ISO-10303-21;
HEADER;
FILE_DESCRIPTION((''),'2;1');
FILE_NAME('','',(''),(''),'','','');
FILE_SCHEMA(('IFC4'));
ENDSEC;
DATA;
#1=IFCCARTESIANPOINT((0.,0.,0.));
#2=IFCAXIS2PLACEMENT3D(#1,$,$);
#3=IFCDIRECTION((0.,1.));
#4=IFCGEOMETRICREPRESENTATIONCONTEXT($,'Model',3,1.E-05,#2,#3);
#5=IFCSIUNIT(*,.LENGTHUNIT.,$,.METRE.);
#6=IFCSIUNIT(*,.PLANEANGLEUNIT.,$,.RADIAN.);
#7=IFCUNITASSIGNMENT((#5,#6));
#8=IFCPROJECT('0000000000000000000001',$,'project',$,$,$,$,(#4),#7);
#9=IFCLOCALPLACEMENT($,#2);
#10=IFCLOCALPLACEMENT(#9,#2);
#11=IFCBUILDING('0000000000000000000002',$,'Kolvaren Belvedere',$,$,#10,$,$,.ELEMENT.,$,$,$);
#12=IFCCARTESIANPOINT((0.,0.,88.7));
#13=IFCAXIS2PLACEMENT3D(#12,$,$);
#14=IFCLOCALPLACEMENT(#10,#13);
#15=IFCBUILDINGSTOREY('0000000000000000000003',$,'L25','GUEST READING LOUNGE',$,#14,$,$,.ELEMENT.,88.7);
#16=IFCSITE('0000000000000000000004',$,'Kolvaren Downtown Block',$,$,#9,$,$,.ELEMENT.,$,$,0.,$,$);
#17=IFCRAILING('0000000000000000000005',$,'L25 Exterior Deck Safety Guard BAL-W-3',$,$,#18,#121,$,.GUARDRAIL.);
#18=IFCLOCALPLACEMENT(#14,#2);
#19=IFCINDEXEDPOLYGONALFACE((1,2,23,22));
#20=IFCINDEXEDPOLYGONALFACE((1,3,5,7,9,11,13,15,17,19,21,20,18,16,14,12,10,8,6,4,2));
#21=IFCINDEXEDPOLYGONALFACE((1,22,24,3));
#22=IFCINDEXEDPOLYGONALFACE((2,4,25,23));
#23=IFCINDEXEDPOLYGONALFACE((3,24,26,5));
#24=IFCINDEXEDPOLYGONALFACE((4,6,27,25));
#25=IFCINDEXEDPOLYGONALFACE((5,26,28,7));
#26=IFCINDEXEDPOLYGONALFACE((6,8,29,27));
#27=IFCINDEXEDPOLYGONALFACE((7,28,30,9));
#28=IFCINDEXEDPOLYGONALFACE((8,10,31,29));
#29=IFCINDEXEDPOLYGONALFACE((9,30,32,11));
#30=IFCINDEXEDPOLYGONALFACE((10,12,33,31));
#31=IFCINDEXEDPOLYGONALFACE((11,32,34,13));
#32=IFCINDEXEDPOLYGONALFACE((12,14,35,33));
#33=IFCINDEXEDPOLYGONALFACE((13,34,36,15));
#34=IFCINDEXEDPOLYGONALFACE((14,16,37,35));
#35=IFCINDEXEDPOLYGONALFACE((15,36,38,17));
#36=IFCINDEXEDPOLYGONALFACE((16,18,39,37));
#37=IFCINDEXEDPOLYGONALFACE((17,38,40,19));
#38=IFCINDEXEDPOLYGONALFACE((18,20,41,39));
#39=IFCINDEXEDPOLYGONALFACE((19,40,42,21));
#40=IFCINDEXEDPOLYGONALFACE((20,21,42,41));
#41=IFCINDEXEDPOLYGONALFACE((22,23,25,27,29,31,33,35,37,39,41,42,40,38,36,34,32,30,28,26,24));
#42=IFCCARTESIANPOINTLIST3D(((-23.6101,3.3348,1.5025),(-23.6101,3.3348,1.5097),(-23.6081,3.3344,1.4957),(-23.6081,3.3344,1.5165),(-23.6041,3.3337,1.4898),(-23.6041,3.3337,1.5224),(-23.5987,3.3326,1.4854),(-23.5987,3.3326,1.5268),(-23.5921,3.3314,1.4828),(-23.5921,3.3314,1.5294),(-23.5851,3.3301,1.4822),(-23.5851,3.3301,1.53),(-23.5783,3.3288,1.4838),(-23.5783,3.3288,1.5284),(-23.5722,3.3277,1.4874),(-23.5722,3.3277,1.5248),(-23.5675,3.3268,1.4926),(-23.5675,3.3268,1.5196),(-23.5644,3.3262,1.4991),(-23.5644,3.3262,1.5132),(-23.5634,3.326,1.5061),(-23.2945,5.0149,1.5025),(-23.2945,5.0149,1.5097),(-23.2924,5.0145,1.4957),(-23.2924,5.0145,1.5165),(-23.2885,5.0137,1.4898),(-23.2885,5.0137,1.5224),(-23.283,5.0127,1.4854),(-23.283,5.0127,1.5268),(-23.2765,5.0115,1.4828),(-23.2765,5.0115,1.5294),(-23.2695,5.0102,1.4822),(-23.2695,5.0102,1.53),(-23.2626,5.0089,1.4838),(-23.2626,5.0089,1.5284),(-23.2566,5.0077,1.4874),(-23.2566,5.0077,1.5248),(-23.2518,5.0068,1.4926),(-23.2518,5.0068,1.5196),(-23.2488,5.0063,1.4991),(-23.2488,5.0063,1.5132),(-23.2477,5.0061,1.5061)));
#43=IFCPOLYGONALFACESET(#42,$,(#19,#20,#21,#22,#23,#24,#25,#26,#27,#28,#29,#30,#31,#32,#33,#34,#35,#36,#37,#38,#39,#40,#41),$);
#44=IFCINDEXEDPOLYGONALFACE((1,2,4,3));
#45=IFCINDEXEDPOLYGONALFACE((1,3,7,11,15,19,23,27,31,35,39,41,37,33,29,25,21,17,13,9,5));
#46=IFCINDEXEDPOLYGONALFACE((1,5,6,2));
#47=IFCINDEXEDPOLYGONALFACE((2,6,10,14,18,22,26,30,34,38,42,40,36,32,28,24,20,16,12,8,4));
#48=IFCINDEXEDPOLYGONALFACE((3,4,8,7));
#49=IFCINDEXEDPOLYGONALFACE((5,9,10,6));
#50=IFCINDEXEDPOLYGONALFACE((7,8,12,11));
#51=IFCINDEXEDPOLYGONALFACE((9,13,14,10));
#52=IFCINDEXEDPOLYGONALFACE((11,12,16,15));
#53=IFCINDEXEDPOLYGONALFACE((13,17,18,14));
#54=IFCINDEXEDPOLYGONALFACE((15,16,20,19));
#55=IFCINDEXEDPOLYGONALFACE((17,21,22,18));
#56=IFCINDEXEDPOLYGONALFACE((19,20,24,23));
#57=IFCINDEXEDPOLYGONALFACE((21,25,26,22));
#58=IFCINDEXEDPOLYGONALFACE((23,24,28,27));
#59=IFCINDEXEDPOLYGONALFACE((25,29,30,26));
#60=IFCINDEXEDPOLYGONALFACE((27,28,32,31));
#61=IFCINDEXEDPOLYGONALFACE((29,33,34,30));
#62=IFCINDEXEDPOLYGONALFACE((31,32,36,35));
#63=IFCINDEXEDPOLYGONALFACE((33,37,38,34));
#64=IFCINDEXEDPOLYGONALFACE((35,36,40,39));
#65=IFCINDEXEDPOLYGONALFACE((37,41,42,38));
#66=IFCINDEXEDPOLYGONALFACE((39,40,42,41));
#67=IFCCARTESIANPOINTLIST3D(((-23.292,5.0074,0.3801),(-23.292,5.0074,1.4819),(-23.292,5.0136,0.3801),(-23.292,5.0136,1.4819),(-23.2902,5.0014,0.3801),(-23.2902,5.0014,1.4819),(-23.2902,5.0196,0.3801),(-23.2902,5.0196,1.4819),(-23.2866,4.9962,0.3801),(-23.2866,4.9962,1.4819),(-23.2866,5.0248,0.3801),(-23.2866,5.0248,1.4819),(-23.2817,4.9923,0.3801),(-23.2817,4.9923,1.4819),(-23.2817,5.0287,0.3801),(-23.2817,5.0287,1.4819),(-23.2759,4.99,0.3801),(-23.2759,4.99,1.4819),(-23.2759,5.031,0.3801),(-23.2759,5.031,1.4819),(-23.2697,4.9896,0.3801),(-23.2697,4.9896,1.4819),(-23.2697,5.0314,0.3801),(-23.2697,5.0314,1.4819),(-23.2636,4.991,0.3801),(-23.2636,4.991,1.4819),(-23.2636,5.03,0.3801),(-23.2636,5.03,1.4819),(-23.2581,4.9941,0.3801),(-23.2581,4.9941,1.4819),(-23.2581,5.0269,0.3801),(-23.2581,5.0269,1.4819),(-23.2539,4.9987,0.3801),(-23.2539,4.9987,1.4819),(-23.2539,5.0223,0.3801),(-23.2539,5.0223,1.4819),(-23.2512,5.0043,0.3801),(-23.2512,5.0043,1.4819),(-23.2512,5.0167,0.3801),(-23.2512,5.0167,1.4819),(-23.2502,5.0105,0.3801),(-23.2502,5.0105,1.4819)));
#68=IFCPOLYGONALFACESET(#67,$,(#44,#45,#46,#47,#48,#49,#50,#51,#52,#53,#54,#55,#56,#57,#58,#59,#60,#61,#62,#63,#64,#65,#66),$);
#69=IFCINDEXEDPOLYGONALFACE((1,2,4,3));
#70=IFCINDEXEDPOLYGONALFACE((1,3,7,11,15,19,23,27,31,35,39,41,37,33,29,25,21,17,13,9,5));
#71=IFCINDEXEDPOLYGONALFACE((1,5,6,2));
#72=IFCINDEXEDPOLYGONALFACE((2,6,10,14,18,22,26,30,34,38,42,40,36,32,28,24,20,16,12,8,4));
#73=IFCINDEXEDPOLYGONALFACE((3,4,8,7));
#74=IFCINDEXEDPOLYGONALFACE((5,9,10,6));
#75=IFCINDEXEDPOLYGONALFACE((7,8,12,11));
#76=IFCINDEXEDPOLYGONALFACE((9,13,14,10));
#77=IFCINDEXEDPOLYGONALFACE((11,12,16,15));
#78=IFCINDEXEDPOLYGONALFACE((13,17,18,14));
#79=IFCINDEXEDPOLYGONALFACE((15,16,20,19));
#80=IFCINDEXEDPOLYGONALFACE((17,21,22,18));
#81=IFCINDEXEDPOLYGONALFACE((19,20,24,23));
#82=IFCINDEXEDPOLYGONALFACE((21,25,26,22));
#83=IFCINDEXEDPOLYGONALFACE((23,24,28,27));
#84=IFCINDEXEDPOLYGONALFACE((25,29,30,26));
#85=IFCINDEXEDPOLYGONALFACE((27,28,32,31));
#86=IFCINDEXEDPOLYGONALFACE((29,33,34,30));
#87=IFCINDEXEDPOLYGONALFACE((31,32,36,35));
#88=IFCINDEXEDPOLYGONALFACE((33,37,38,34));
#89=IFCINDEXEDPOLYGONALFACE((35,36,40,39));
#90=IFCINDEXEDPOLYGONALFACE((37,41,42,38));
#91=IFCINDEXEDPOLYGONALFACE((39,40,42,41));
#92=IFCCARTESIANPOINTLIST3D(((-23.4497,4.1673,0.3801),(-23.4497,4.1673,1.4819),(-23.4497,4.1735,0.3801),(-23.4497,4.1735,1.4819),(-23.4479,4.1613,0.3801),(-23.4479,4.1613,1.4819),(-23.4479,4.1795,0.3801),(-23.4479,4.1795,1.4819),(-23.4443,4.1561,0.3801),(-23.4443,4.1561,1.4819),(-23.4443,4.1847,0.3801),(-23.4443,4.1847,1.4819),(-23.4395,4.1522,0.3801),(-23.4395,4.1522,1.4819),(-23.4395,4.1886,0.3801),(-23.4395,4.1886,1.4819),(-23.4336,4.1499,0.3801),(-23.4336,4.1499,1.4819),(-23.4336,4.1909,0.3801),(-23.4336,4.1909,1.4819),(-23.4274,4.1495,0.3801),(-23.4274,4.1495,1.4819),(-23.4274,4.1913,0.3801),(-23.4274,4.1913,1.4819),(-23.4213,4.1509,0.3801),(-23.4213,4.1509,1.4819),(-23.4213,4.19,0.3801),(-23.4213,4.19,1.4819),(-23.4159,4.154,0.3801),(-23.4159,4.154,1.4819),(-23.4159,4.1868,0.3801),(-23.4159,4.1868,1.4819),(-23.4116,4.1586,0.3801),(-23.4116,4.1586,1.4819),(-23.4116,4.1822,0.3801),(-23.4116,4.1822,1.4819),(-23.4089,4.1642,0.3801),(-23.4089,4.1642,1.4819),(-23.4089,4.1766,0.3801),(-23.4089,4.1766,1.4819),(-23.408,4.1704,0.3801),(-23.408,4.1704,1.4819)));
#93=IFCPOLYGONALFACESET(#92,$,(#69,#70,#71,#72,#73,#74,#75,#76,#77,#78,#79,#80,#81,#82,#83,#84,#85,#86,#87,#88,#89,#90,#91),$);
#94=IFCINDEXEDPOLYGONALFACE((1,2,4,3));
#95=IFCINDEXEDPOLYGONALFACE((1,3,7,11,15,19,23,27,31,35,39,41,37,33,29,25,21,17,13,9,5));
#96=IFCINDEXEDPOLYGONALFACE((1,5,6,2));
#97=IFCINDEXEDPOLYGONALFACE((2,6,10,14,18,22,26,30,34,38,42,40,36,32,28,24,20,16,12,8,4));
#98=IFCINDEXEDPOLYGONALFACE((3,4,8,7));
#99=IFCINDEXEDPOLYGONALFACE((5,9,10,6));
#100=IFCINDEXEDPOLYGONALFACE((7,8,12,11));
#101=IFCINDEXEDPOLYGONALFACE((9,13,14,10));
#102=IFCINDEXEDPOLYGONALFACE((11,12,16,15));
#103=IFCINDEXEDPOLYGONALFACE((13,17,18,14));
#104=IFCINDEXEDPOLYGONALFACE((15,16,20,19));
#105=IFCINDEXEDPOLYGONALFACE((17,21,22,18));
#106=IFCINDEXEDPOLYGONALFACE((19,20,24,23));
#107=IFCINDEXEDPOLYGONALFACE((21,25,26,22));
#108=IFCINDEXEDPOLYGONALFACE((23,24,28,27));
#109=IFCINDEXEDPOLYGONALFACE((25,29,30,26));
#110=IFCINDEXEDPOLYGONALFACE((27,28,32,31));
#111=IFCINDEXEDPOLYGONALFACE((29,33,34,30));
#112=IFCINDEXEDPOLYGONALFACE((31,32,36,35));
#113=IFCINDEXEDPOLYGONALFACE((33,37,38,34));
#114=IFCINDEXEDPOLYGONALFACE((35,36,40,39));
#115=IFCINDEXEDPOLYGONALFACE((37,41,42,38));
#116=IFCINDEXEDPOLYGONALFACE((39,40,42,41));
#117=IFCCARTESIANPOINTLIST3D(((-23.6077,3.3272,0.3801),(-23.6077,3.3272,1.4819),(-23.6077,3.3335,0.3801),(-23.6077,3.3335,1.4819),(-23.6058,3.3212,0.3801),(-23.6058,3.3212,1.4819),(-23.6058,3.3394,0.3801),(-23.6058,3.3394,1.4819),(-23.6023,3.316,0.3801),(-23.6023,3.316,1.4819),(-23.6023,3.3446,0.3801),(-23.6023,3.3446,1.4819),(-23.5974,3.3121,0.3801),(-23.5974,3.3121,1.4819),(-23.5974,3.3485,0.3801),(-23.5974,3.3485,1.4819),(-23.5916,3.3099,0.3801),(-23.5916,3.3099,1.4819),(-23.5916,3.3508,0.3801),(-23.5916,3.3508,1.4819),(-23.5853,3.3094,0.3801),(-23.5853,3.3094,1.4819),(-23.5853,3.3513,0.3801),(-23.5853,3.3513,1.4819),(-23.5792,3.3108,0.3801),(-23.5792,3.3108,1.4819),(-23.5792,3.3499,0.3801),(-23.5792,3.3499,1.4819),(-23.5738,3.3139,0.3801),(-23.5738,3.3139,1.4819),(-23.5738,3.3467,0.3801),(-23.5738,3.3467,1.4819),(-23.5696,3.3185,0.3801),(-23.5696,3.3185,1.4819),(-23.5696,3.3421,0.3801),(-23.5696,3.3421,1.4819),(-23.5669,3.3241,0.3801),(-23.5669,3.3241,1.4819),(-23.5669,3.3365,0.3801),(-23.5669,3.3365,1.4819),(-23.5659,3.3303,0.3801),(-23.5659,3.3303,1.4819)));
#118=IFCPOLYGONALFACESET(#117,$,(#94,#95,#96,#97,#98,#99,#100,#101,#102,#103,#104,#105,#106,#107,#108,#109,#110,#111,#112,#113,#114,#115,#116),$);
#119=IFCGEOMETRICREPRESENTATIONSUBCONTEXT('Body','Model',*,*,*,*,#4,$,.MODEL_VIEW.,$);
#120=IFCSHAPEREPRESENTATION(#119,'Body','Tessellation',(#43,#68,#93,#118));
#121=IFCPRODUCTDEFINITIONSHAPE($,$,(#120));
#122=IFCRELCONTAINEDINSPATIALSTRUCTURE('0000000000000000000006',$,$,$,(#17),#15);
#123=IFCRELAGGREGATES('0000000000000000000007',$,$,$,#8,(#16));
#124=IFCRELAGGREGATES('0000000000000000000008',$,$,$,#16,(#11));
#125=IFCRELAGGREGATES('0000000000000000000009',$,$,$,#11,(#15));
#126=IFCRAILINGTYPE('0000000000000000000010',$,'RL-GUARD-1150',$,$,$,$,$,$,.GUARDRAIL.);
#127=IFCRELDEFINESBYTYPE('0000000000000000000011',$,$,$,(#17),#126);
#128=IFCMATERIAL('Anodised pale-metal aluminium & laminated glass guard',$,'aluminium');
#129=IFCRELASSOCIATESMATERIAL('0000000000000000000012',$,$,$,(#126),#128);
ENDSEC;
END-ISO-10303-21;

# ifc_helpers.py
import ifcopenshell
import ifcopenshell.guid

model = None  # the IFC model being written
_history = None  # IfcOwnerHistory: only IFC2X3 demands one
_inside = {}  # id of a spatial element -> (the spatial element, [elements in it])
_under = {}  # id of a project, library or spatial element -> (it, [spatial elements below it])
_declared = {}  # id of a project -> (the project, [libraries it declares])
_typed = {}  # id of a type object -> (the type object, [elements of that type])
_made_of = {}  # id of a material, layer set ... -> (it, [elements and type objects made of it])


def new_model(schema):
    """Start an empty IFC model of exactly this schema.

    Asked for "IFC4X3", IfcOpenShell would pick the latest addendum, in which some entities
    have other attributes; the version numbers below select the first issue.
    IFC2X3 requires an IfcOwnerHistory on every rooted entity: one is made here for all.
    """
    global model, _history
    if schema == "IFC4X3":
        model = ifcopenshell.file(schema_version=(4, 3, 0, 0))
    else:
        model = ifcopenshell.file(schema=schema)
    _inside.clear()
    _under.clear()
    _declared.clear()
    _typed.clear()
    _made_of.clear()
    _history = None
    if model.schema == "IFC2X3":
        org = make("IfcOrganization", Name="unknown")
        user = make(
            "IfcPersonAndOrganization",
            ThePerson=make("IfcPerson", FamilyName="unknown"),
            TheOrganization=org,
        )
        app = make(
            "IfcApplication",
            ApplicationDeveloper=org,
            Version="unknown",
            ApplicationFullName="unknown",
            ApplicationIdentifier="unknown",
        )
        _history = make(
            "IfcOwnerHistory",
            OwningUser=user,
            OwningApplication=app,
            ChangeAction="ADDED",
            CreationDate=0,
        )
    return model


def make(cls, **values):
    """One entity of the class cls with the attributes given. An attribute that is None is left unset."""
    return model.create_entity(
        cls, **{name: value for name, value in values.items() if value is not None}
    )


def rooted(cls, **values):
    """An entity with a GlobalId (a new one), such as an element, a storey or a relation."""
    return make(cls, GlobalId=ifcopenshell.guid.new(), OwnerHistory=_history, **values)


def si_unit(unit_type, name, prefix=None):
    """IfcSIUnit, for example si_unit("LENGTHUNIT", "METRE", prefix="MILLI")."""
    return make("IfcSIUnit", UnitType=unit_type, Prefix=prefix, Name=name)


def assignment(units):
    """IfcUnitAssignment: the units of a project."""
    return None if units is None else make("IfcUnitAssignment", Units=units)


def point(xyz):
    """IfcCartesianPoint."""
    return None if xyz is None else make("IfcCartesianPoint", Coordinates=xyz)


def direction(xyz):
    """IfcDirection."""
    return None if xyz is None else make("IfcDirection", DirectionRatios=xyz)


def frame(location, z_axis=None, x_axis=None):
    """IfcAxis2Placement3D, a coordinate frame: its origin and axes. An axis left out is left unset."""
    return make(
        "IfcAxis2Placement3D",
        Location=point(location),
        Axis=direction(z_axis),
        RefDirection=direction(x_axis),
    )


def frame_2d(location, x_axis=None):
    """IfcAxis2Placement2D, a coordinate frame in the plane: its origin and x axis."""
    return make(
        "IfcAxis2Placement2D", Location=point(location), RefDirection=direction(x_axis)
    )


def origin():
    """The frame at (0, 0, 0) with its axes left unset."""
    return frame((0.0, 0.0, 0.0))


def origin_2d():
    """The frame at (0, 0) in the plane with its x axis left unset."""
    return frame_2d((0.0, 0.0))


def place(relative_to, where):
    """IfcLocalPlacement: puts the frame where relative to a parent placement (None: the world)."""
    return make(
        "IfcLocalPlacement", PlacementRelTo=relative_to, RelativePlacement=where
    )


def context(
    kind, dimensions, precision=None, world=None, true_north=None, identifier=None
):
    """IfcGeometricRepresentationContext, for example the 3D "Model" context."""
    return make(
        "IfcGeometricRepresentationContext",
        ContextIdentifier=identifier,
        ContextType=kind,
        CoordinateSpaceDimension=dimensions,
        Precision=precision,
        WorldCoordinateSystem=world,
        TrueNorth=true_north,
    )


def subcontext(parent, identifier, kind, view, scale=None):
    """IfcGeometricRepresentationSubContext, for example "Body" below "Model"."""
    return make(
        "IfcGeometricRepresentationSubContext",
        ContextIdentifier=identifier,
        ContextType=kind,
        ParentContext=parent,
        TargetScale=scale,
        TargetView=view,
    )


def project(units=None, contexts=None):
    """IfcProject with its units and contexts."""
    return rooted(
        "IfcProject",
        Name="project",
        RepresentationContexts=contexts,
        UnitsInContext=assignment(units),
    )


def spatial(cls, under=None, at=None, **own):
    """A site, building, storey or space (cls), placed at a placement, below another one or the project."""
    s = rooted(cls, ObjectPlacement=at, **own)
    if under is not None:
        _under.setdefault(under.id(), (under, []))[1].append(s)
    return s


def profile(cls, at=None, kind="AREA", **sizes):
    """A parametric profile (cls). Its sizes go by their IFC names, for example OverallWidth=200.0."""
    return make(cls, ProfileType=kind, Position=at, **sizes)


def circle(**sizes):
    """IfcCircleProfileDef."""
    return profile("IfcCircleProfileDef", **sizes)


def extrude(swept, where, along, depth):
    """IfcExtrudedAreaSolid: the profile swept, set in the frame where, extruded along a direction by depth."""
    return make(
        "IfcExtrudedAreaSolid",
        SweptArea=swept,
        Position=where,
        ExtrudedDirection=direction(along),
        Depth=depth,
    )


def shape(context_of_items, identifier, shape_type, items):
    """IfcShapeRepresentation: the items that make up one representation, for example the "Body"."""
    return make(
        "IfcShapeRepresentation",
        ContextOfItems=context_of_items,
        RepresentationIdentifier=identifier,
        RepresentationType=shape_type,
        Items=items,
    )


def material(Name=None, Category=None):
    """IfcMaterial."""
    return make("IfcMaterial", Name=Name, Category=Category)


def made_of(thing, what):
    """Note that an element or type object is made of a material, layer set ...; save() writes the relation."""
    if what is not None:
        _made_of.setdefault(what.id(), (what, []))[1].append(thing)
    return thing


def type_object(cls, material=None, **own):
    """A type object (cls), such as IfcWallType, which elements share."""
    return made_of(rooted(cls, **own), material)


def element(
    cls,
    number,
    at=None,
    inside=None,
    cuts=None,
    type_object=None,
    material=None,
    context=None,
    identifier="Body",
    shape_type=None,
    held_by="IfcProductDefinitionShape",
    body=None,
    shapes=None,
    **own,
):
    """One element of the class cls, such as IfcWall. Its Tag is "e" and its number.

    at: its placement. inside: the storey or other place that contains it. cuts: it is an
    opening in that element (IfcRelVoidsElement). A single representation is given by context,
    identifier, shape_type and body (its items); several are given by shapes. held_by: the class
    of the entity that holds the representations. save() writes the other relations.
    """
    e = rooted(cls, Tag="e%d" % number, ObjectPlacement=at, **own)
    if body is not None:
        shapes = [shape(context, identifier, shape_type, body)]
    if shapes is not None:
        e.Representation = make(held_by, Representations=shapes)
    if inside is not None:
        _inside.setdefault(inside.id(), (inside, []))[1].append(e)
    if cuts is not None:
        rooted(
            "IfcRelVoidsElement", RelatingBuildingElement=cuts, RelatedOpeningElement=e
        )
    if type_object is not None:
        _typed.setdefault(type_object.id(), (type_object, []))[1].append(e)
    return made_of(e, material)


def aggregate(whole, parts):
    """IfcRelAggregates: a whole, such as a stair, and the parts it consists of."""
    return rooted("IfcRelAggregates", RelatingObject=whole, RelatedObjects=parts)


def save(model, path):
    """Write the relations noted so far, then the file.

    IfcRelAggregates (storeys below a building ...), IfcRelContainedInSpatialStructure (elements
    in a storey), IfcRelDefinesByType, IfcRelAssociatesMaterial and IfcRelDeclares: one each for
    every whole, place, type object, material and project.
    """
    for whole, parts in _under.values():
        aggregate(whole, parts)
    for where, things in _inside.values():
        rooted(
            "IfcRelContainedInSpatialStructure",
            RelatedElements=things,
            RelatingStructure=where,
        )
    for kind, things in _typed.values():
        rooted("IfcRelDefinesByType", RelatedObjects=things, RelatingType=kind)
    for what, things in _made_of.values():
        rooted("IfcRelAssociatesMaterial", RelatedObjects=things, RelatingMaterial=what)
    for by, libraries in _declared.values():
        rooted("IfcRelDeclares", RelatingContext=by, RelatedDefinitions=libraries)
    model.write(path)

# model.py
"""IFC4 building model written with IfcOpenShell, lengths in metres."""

from ifc_helpers import new_model, si_unit, direction, frame, origin, origin_2d, place, context, subcontext, project, spatial, circle, extrude, material, type_object, element, save


model = new_model("IFC4")

# Units and contexts
model_context = context("Model", 3, precision=1e-05, world=origin(), true_north=direction((0.0, 1.0)))
body_context = subcontext(model_context, "Body", "Model", "MODEL_VIEW")
ifc_project = project(units=[si_unit("LENGTHUNIT", "METRE"), si_unit("PLANEANGLEUNIT", "RADIAN")], contexts=[model_context])

# Site, building, storey
site_placement = place(None, origin())
site = spatial("IfcSite", under=ifc_project, at=site_placement, Name="Kolvaren Downtown Block", CompositionType="ELEMENT", RefElevation=0.0)
building_placement = place(site_placement, origin())
building = spatial("IfcBuilding", under=site, at=building_placement, Name="Kolvaren Belvedere", CompositionType="ELEMENT")
storey_placement = place(building_placement, frame((0.0, 0.0, 88.7)))
storey = spatial("IfcBuildingStorey", under=building, at=storey_placement, Name="L25", Description="GUEST READING LOUNGE", CompositionType="ELEMENT", Elevation=88.7)

# Railing
ifc_material_1 = material(Name="Anodised pale-metal aluminium & laminated glass guard", Category="aluminium")
railing_type = type_object("IfcRailingType", Name="RL-GUARD-1150", PredefinedType="GUARDRAIL", material=ifc_material_1)
railing_1_placement = place(storey_placement, frame((-23.2712, 5.0105, 0.3801)))
element("IfcRailing", 1, at=railing_1_placement, inside=storey, type_object=railing_type, Name="L25 Exterior Deck Safety Guard BAL-W-3", PredefinedType="GUARDRAIL", context=body_context, shape_type="SweptSolid", body=[
    extrude(circle(Radius=0.0239, at=origin_2d()), frame((0.0, 0.0, 1.126), z_axis=(-0.184651, -0.982804, 0.0), x_axis=(0.982804, -0.184651, 0.0)), (0.0, 0.0, 1.0), 1.7095),
    extrude(circle(Radius=0.021, at=origin_2d()), origin(), (0.0, 0.0, 1.0), 1.1018),
    extrude(circle(Radius=0.021, at=origin_2d()), frame((-0.1577, -0.8401, 0.0)), (0.0, 0.0, 1.0), 1.1018),
    extrude(circle(Radius=0.021, at=origin_2d()), frame((-0.3157, -1.6802, 0.0)), (0.0, 0.0, 1.0), 1.1018),
])

save(model, "model.ifc")
